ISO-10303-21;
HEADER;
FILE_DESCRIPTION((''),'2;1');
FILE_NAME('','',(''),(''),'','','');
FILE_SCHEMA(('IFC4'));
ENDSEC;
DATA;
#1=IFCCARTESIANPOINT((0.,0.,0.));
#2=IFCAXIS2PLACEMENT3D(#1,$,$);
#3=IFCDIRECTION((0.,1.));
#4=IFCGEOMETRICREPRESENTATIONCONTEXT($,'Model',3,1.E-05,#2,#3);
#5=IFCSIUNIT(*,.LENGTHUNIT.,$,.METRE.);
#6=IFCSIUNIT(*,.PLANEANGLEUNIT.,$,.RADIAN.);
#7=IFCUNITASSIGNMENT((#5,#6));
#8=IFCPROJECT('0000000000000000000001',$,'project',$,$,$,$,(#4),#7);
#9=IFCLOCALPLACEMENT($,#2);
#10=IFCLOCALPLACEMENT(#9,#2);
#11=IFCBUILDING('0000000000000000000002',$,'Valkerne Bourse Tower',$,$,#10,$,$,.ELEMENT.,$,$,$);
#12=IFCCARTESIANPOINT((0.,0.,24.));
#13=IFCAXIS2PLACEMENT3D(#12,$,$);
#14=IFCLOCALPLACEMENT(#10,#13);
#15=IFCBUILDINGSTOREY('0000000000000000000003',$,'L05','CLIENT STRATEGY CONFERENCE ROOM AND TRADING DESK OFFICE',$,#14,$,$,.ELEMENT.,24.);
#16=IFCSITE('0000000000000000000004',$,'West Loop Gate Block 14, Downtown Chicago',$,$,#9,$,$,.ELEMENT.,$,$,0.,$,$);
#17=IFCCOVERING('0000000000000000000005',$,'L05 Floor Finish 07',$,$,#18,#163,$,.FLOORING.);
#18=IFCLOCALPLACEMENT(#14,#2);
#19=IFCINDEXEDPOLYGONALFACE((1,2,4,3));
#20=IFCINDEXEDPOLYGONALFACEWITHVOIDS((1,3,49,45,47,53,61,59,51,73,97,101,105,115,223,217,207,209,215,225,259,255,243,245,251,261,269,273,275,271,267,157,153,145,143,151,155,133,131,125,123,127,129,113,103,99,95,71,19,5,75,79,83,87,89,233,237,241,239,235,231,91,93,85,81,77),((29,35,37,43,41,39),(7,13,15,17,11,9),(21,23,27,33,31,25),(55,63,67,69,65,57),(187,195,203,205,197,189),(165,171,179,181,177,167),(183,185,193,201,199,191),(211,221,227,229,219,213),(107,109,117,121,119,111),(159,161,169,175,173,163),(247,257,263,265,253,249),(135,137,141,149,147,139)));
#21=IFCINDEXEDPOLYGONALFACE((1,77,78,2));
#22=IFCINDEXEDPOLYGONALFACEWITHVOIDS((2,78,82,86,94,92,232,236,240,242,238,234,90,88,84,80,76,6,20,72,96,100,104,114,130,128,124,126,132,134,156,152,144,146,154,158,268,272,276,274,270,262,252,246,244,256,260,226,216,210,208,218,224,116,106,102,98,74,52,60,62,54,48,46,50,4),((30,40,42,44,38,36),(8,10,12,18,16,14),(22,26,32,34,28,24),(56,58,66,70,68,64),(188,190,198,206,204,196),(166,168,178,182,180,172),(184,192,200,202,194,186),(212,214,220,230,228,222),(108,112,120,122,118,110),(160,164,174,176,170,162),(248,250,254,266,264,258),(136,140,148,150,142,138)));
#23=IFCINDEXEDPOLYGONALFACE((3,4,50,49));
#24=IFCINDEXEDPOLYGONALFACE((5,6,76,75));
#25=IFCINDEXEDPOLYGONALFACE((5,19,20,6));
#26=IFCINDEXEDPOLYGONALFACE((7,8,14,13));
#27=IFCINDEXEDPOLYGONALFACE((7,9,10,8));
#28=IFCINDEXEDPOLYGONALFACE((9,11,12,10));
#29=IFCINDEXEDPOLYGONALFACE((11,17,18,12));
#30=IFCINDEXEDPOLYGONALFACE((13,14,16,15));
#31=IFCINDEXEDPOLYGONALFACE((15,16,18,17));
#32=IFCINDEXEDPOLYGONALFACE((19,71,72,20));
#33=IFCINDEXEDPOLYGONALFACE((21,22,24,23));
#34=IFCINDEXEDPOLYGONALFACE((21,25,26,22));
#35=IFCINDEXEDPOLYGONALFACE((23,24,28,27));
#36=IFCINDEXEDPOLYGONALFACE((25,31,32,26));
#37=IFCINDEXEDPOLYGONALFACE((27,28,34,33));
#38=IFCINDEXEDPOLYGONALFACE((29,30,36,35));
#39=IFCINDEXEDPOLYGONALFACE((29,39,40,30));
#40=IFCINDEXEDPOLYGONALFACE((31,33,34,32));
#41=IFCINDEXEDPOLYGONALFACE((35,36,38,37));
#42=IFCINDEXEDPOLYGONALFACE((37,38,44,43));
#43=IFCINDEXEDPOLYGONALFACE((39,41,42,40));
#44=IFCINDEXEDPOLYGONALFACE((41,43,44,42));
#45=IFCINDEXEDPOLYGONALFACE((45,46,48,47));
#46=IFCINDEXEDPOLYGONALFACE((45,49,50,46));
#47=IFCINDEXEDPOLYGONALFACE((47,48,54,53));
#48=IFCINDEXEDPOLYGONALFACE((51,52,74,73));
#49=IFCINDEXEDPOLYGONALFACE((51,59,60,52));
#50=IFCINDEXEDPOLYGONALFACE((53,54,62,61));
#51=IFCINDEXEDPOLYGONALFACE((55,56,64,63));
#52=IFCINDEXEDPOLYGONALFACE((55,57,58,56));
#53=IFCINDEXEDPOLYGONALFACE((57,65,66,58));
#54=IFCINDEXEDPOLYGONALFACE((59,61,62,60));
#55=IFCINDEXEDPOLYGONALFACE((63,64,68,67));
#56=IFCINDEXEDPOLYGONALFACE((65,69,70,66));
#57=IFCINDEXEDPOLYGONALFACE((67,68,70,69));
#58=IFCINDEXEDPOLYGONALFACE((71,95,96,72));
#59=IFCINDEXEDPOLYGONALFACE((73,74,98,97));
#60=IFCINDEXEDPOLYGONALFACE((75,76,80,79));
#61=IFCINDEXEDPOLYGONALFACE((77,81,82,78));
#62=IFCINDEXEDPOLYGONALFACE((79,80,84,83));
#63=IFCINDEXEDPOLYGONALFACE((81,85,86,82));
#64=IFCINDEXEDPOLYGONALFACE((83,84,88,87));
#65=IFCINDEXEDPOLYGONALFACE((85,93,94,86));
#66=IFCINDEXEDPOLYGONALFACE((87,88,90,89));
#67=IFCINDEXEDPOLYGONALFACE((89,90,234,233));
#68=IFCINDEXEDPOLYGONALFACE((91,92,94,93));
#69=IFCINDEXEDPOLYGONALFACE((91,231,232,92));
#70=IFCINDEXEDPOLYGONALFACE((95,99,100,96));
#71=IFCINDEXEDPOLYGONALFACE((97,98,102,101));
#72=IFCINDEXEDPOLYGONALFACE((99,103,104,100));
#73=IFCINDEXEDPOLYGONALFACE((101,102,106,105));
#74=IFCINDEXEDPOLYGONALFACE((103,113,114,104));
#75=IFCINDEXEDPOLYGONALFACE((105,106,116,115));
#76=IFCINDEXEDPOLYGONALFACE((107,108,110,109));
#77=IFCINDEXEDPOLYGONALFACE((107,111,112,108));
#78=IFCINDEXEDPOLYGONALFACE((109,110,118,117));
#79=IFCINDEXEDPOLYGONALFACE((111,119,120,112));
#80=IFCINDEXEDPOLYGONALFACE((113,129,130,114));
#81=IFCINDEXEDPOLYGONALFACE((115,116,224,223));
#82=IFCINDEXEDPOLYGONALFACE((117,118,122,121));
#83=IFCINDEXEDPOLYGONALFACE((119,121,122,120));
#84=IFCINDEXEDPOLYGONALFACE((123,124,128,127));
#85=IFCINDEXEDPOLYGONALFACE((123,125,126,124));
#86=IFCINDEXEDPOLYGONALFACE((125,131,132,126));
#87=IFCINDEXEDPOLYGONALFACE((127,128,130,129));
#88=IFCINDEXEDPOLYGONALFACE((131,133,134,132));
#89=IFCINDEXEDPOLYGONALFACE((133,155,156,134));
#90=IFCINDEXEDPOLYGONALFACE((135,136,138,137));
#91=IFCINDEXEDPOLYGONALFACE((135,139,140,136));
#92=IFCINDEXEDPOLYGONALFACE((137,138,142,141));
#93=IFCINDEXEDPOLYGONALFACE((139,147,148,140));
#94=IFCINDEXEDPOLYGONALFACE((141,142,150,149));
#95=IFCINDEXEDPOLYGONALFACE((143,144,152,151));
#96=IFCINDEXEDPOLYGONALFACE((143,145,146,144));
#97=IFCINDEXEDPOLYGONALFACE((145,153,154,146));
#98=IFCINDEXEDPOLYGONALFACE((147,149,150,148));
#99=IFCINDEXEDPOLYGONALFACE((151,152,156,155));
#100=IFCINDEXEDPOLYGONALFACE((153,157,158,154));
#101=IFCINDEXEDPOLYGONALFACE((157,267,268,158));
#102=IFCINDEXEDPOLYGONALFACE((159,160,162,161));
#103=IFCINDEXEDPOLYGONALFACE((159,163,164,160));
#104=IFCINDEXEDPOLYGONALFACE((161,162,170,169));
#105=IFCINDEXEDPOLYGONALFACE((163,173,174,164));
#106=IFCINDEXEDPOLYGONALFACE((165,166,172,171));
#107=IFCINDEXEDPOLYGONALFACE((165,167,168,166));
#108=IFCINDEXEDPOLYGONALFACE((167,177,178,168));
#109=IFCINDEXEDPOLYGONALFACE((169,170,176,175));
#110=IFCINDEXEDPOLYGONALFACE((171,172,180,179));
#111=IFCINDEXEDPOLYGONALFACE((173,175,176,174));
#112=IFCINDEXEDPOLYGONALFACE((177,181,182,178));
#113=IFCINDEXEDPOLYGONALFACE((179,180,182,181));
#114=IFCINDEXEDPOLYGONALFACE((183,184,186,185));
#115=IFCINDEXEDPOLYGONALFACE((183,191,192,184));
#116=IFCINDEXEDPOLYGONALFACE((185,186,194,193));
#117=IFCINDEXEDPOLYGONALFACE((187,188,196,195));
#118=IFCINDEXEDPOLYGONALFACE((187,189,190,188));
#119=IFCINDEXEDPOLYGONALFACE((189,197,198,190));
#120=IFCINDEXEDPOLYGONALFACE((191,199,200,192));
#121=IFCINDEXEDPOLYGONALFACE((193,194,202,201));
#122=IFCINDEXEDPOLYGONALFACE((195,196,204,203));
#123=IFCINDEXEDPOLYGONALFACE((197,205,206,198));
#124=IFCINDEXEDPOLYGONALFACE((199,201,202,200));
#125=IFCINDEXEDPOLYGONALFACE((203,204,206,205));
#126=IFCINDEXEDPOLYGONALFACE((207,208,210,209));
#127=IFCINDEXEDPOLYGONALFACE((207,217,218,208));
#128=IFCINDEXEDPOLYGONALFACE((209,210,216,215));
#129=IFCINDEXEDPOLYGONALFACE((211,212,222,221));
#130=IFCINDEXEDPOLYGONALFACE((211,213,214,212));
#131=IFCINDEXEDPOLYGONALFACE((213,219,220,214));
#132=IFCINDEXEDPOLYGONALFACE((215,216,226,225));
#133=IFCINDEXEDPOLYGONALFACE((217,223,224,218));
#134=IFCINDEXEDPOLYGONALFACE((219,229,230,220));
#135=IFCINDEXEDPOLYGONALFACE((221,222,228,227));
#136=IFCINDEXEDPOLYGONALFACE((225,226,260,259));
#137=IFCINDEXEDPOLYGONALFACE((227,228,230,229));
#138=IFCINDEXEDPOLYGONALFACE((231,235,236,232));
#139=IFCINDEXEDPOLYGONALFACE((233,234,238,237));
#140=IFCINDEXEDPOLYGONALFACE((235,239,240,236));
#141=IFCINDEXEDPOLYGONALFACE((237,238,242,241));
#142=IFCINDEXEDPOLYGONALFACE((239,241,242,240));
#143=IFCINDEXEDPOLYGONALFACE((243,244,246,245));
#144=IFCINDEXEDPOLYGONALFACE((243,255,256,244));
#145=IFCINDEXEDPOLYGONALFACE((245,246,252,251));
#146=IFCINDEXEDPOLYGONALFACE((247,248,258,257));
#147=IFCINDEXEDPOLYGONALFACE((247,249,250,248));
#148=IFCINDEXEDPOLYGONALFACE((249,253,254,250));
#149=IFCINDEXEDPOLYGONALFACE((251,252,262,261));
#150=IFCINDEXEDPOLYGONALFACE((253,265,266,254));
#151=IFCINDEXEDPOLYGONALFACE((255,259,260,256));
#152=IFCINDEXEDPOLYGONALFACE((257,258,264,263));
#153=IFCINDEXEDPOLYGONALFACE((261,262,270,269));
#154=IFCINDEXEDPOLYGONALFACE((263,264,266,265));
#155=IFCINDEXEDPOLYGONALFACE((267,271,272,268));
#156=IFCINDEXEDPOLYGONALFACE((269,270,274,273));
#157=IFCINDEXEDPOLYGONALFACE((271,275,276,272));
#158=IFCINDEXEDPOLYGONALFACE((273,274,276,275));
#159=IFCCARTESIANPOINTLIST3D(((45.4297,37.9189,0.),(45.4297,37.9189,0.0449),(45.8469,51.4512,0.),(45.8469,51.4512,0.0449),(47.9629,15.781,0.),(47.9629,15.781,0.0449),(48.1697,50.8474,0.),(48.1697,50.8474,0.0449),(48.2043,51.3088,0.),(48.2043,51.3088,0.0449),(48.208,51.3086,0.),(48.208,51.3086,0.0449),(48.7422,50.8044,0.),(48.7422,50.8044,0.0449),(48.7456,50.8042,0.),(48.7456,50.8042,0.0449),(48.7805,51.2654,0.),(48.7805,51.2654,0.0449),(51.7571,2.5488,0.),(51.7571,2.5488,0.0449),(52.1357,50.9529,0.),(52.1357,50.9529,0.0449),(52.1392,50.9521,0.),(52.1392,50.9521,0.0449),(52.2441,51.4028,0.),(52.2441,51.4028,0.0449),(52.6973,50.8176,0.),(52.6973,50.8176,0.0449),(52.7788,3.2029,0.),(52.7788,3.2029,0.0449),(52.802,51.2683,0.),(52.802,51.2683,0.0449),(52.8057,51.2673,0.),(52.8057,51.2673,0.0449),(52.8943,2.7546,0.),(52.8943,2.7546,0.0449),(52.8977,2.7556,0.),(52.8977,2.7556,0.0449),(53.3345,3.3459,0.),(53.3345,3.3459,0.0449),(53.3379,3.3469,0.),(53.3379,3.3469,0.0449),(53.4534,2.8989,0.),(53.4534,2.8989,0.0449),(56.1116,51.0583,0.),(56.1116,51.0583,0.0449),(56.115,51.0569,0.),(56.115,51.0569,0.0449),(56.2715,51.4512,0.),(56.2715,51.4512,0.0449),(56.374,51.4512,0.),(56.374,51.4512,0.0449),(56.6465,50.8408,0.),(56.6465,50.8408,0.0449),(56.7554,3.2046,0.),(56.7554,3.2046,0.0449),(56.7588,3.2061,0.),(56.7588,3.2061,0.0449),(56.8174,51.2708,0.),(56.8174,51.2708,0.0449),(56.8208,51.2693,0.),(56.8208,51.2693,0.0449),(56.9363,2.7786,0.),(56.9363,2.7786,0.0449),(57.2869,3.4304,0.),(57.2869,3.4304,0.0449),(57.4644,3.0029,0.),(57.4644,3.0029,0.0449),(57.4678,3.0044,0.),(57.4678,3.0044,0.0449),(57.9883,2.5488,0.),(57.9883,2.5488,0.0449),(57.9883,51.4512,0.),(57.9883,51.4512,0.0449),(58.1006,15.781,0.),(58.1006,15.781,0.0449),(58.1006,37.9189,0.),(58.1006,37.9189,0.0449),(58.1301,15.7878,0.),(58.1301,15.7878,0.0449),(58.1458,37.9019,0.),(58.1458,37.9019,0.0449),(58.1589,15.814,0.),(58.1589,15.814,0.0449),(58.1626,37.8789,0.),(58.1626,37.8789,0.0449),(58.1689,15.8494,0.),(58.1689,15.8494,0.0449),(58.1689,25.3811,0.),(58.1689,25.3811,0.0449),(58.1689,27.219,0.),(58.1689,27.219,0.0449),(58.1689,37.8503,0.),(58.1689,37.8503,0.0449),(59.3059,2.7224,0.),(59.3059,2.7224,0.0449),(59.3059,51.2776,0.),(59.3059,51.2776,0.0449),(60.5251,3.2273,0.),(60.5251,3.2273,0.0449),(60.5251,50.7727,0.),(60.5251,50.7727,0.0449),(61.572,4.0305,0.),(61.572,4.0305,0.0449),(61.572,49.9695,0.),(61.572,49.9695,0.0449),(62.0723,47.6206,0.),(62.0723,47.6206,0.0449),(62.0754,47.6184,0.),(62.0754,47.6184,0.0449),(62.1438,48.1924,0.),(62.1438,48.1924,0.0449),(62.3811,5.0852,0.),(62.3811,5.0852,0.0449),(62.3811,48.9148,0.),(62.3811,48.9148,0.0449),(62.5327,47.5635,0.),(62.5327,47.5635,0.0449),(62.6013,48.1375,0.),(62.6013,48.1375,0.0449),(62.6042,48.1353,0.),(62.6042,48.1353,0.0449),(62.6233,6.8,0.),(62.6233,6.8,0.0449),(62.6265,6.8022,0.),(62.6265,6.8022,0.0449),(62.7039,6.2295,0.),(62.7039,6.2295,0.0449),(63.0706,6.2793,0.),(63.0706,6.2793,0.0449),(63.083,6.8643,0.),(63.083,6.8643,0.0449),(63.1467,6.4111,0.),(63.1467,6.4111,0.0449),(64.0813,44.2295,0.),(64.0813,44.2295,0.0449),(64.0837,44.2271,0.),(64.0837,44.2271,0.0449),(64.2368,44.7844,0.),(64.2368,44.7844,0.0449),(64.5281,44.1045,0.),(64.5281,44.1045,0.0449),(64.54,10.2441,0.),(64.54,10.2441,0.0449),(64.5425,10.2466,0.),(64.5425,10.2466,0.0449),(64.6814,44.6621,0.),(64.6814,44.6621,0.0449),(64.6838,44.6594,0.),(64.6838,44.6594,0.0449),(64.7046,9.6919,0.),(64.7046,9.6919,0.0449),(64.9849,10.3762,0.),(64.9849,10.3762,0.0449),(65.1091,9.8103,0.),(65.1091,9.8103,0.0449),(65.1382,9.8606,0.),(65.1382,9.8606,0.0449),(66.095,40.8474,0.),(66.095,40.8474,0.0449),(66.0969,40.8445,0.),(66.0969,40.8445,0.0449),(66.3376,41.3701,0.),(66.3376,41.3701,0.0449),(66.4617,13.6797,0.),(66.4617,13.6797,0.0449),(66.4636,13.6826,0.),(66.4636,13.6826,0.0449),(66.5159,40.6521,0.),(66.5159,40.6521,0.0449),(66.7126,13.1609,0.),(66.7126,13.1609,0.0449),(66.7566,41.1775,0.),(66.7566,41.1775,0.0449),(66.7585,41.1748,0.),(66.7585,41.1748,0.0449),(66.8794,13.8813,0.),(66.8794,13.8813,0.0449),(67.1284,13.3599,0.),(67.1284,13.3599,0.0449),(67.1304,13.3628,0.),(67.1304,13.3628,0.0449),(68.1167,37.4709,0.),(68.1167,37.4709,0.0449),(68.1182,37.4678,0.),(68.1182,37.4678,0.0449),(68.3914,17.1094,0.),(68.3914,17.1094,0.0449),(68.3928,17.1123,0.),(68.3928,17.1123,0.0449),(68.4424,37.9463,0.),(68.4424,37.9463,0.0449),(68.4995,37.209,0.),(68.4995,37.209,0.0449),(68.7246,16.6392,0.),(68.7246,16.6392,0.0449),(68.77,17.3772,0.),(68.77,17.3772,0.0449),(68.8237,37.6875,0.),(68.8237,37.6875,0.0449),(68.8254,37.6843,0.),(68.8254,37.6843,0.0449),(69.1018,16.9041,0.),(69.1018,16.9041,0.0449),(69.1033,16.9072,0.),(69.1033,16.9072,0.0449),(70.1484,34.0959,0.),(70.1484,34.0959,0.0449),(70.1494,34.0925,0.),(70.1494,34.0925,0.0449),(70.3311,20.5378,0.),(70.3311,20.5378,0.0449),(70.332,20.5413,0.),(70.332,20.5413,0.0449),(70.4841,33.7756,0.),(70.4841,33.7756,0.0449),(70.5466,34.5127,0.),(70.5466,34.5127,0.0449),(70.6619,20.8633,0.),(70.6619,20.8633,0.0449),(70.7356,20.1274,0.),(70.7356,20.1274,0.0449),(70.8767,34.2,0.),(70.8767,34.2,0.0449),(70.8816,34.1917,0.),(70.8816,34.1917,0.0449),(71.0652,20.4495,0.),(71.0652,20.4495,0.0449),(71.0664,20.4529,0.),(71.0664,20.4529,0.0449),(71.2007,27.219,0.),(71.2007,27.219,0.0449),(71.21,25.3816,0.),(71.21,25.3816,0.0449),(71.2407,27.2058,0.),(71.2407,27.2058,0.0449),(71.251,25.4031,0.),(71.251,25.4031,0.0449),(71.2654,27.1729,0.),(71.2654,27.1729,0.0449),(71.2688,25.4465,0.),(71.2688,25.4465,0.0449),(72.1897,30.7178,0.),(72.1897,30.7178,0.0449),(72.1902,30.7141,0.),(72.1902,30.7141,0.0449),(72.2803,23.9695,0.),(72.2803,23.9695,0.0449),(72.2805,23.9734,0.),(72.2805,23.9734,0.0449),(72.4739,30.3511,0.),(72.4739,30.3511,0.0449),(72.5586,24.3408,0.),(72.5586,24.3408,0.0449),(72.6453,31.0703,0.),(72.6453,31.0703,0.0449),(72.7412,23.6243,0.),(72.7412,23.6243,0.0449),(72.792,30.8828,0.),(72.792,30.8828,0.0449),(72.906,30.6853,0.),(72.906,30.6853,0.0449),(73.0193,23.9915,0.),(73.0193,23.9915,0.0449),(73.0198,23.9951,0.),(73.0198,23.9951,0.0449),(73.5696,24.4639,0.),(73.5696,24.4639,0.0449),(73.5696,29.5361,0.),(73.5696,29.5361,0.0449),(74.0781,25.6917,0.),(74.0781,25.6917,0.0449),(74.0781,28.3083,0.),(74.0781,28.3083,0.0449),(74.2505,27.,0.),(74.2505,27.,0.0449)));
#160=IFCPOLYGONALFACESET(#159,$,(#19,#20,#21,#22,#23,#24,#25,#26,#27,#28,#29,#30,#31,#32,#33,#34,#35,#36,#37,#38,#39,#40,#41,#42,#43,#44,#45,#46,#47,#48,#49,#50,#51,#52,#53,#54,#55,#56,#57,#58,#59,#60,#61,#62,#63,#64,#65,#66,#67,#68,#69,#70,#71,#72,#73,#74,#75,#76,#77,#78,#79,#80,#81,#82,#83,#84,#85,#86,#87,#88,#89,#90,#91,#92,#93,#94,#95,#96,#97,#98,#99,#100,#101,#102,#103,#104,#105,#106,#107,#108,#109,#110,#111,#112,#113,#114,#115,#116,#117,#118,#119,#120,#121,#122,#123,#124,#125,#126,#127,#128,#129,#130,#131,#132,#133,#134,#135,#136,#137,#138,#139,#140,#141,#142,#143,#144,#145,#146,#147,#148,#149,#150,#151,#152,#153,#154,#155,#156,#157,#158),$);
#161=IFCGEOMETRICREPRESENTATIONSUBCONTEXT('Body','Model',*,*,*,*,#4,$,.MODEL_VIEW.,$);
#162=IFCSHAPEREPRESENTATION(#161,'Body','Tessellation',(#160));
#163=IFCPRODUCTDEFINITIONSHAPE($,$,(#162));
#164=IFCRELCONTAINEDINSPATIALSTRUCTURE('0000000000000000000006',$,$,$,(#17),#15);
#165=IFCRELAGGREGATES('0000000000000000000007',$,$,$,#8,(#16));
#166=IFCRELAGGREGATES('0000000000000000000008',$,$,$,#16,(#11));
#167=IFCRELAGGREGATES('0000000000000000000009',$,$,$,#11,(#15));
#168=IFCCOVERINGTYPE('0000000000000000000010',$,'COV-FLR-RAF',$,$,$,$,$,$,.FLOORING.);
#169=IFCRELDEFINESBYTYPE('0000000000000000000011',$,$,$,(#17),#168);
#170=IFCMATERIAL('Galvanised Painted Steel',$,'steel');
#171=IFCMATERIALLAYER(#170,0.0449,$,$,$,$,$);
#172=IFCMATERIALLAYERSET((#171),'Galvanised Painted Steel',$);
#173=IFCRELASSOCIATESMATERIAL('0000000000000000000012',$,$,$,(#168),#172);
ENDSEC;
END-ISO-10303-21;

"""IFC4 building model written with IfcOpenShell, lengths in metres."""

from ifc_helpers import new_model, si_unit, direction, frame, origin, place, context, subcontext, project, spatial, polyline, outline, extrude, material, layer, layer_set, type_object, element, save


model = new_model("IFC4")

# Units and contexts
model_context = context("Model", 3, precision=1e-05, world=origin(), true_north=direction((0.0, 1.0)))
body_context = subcontext(model_context, "Body", "Model", "MODEL_VIEW")
ifc_project = project(units=[si_unit("LENGTHUNIT", "METRE"), si_unit("PLANEANGLEUNIT", "RADIAN")], contexts=[model_context])

# Site, building, storey
site_placement = place(None, origin())
site = spatial("IfcSite", under=ifc_project, at=site_placement, Name="West Loop Gate Block 14, Downtown Chicago", CompositionType="ELEMENT", RefElevation=0.0)
building_placement = place(site_placement, origin())
building = spatial("IfcBuilding", under=site, at=building_placement, Name="Valkerne Bourse Tower", CompositionType="ELEMENT")
storey_placement = place(building_placement, frame((0.0, 0.0, 24.0)))
storey = spatial("IfcBuildingStorey", under=building, at=storey_placement, Name="L05", Description="CLIENT STRATEGY CONFERENCE ROOM AND TRADING DESK OFFICE", CompositionType="ELEMENT", Elevation=24.0)

# Shared definitions
ifc_material_1 = material(Name="Galvanised Painted Steel", Category="steel")

# Covering
ifc_layer_1 = layer(ifc_material_1, 0.0449)
ifc_layer_set_1 = layer_set([ifc_layer_1], Name="Galvanised Painted Steel")
covering_type_1 = type_object("IfcCoveringType", Name="COV-FLR-RAF", PredefinedType="FLOORING", material=ifc_layer_set_1)
covering_1_placement = place(storey_placement, origin())
element("IfcCovering", 1, at=covering_1_placement, inside=storey, type_object=covering_type_1, Name="L05 Floor Finish 07", PredefinedType="FLOORING", context=body_context, shape_type="SweptSolid", body=[
    extrude(outline(polyline([(59.3059, 2.7224), (57.9883, 2.5488), (51.7571, 2.5488), (47.9629, 15.781), (58.1006, 15.781), (58.1301, 15.7878), (58.1589, 15.814), (58.1689, 15.8494), (58.1689, 25.3811), (71.21, 25.3816), (71.251, 25.4031), (71.2688, 25.4465), (71.2654, 27.1729), (71.2407, 27.2058), (71.2007, 27.219), (58.1689, 27.219), (58.1689, 37.8503), (58.1626, 37.8789), (58.1458, 37.9019), (58.1006, 37.9189), (45.4297, 37.9189), (45.8469, 51.4512), (56.2715, 51.4512), (56.1116, 51.0583), (56.115, 51.0569), (56.6465, 50.8408), (56.8208, 51.2693), (56.8174, 51.2708), (56.374, 51.4512), (57.9883, 51.4512), (59.3059, 51.2776), (60.5251, 50.7727), (61.572, 49.9695), (62.3811, 48.9148), (70.8767, 34.2), (70.5466, 34.5127), (70.1484, 34.0959), (70.1494, 34.0925), (70.4841, 33.7756), (70.8816, 34.1917), (72.792, 30.8828), (72.6453, 31.0703), (72.1897, 30.7178), (72.1902, 30.7141), (72.4739, 30.3511), (72.906, 30.6853), (73.5696, 29.5361), (74.0781, 28.3083), (74.2505, 27.0), (74.0781, 25.6917), (73.5696, 24.4639), (65.1382, 9.8606), (64.9849, 10.3762), (64.5425, 10.2466), (64.54, 10.2441), (64.7046, 9.6919), (65.1091, 9.8103), (63.1467, 6.4111), (63.083, 6.8643), (62.6265, 6.8022), (62.6233, 6.8), (62.7039, 6.2295), (63.0706, 6.2793), (62.3811, 5.0852), (61.572, 4.0305), (60.5251, 3.2273), (59.3059, 2.7224)]), holes=[polyline([(53.4534, 2.8989), (53.3379, 3.3469), (53.3345, 3.3459), (52.7788, 3.2029), (52.8943, 2.7546), (52.8977, 2.7556), (53.4534, 2.8989)]), polyline([(48.7805, 51.2654), (48.208, 51.3086), (48.2043, 51.3088), (48.1697, 50.8474), (48.7422, 50.8044), (48.7456, 50.8042), (48.7805, 51.2654)]), polyline([(52.8057, 51.2673), (52.802, 51.2683), (52.2441, 51.4028), (52.1357, 50.9529), (52.1392, 50.9521), (52.6973, 50.8176), (52.8057, 51.2673)]), polyline([(57.4678, 3.0044), (57.2869, 3.4304), (56.7588, 3.2061), (56.7554, 3.2046), (56.9363, 2.7786), (57.4644, 3.0029), (57.4678, 3.0044)]), polyline([(67.1304, 13.3628), (66.8794, 13.8813), (66.4636, 13.6826), (66.4617, 13.6797), (66.7126, 13.1609), (67.1284, 13.3599), (67.1304, 13.3628)]), polyline([(69.1018, 16.9041), (69.1033, 16.9072), (68.77, 17.3772), (68.3928, 17.1123), (68.3914, 17.1094), (68.7246, 16.6392), (69.1018, 16.9041)]), polyline([(71.0652, 20.4495), (71.0664, 20.4529), (70.6619, 20.8633), (70.332, 20.5413), (70.3311, 20.5378), (70.7356, 20.1274), (71.0652, 20.4495)]), polyline([(73.0198, 23.9951), (72.5586, 24.3408), (72.2805, 23.9734), (72.2803, 23.9695), (72.7412, 23.6243), (73.0193, 23.9915), (73.0198, 23.9951)]), polyline([(68.8237, 37.6875), (68.4424, 37.9463), (68.1167, 37.4709), (68.1182, 37.4678), (68.4995, 37.209), (68.8254, 37.6843), (68.8237, 37.6875)]), polyline([(66.7585, 41.1748), (66.7566, 41.1775), (66.3376, 41.3701), (66.095, 40.8474), (66.0969, 40.8445), (66.5159, 40.6521), (66.7585, 41.1748)]), polyline([(64.6838, 44.6594), (64.6814, 44.6621), (64.2368, 44.7844), (64.0813, 44.2295), (64.0837, 44.2271), (64.5281, 44.1045), (64.6838, 44.6594)]), polyline([(62.6013, 48.1375), (62.1438, 48.1924), (62.0723, 47.6206), (62.0754, 47.6184), (62.5327, 47.5635), (62.6042, 48.1353), (62.6013, 48.1375)])]), origin(), (0.0, 0.0, 1.0), 0.0449),
])

save(model, "model.ifc")
